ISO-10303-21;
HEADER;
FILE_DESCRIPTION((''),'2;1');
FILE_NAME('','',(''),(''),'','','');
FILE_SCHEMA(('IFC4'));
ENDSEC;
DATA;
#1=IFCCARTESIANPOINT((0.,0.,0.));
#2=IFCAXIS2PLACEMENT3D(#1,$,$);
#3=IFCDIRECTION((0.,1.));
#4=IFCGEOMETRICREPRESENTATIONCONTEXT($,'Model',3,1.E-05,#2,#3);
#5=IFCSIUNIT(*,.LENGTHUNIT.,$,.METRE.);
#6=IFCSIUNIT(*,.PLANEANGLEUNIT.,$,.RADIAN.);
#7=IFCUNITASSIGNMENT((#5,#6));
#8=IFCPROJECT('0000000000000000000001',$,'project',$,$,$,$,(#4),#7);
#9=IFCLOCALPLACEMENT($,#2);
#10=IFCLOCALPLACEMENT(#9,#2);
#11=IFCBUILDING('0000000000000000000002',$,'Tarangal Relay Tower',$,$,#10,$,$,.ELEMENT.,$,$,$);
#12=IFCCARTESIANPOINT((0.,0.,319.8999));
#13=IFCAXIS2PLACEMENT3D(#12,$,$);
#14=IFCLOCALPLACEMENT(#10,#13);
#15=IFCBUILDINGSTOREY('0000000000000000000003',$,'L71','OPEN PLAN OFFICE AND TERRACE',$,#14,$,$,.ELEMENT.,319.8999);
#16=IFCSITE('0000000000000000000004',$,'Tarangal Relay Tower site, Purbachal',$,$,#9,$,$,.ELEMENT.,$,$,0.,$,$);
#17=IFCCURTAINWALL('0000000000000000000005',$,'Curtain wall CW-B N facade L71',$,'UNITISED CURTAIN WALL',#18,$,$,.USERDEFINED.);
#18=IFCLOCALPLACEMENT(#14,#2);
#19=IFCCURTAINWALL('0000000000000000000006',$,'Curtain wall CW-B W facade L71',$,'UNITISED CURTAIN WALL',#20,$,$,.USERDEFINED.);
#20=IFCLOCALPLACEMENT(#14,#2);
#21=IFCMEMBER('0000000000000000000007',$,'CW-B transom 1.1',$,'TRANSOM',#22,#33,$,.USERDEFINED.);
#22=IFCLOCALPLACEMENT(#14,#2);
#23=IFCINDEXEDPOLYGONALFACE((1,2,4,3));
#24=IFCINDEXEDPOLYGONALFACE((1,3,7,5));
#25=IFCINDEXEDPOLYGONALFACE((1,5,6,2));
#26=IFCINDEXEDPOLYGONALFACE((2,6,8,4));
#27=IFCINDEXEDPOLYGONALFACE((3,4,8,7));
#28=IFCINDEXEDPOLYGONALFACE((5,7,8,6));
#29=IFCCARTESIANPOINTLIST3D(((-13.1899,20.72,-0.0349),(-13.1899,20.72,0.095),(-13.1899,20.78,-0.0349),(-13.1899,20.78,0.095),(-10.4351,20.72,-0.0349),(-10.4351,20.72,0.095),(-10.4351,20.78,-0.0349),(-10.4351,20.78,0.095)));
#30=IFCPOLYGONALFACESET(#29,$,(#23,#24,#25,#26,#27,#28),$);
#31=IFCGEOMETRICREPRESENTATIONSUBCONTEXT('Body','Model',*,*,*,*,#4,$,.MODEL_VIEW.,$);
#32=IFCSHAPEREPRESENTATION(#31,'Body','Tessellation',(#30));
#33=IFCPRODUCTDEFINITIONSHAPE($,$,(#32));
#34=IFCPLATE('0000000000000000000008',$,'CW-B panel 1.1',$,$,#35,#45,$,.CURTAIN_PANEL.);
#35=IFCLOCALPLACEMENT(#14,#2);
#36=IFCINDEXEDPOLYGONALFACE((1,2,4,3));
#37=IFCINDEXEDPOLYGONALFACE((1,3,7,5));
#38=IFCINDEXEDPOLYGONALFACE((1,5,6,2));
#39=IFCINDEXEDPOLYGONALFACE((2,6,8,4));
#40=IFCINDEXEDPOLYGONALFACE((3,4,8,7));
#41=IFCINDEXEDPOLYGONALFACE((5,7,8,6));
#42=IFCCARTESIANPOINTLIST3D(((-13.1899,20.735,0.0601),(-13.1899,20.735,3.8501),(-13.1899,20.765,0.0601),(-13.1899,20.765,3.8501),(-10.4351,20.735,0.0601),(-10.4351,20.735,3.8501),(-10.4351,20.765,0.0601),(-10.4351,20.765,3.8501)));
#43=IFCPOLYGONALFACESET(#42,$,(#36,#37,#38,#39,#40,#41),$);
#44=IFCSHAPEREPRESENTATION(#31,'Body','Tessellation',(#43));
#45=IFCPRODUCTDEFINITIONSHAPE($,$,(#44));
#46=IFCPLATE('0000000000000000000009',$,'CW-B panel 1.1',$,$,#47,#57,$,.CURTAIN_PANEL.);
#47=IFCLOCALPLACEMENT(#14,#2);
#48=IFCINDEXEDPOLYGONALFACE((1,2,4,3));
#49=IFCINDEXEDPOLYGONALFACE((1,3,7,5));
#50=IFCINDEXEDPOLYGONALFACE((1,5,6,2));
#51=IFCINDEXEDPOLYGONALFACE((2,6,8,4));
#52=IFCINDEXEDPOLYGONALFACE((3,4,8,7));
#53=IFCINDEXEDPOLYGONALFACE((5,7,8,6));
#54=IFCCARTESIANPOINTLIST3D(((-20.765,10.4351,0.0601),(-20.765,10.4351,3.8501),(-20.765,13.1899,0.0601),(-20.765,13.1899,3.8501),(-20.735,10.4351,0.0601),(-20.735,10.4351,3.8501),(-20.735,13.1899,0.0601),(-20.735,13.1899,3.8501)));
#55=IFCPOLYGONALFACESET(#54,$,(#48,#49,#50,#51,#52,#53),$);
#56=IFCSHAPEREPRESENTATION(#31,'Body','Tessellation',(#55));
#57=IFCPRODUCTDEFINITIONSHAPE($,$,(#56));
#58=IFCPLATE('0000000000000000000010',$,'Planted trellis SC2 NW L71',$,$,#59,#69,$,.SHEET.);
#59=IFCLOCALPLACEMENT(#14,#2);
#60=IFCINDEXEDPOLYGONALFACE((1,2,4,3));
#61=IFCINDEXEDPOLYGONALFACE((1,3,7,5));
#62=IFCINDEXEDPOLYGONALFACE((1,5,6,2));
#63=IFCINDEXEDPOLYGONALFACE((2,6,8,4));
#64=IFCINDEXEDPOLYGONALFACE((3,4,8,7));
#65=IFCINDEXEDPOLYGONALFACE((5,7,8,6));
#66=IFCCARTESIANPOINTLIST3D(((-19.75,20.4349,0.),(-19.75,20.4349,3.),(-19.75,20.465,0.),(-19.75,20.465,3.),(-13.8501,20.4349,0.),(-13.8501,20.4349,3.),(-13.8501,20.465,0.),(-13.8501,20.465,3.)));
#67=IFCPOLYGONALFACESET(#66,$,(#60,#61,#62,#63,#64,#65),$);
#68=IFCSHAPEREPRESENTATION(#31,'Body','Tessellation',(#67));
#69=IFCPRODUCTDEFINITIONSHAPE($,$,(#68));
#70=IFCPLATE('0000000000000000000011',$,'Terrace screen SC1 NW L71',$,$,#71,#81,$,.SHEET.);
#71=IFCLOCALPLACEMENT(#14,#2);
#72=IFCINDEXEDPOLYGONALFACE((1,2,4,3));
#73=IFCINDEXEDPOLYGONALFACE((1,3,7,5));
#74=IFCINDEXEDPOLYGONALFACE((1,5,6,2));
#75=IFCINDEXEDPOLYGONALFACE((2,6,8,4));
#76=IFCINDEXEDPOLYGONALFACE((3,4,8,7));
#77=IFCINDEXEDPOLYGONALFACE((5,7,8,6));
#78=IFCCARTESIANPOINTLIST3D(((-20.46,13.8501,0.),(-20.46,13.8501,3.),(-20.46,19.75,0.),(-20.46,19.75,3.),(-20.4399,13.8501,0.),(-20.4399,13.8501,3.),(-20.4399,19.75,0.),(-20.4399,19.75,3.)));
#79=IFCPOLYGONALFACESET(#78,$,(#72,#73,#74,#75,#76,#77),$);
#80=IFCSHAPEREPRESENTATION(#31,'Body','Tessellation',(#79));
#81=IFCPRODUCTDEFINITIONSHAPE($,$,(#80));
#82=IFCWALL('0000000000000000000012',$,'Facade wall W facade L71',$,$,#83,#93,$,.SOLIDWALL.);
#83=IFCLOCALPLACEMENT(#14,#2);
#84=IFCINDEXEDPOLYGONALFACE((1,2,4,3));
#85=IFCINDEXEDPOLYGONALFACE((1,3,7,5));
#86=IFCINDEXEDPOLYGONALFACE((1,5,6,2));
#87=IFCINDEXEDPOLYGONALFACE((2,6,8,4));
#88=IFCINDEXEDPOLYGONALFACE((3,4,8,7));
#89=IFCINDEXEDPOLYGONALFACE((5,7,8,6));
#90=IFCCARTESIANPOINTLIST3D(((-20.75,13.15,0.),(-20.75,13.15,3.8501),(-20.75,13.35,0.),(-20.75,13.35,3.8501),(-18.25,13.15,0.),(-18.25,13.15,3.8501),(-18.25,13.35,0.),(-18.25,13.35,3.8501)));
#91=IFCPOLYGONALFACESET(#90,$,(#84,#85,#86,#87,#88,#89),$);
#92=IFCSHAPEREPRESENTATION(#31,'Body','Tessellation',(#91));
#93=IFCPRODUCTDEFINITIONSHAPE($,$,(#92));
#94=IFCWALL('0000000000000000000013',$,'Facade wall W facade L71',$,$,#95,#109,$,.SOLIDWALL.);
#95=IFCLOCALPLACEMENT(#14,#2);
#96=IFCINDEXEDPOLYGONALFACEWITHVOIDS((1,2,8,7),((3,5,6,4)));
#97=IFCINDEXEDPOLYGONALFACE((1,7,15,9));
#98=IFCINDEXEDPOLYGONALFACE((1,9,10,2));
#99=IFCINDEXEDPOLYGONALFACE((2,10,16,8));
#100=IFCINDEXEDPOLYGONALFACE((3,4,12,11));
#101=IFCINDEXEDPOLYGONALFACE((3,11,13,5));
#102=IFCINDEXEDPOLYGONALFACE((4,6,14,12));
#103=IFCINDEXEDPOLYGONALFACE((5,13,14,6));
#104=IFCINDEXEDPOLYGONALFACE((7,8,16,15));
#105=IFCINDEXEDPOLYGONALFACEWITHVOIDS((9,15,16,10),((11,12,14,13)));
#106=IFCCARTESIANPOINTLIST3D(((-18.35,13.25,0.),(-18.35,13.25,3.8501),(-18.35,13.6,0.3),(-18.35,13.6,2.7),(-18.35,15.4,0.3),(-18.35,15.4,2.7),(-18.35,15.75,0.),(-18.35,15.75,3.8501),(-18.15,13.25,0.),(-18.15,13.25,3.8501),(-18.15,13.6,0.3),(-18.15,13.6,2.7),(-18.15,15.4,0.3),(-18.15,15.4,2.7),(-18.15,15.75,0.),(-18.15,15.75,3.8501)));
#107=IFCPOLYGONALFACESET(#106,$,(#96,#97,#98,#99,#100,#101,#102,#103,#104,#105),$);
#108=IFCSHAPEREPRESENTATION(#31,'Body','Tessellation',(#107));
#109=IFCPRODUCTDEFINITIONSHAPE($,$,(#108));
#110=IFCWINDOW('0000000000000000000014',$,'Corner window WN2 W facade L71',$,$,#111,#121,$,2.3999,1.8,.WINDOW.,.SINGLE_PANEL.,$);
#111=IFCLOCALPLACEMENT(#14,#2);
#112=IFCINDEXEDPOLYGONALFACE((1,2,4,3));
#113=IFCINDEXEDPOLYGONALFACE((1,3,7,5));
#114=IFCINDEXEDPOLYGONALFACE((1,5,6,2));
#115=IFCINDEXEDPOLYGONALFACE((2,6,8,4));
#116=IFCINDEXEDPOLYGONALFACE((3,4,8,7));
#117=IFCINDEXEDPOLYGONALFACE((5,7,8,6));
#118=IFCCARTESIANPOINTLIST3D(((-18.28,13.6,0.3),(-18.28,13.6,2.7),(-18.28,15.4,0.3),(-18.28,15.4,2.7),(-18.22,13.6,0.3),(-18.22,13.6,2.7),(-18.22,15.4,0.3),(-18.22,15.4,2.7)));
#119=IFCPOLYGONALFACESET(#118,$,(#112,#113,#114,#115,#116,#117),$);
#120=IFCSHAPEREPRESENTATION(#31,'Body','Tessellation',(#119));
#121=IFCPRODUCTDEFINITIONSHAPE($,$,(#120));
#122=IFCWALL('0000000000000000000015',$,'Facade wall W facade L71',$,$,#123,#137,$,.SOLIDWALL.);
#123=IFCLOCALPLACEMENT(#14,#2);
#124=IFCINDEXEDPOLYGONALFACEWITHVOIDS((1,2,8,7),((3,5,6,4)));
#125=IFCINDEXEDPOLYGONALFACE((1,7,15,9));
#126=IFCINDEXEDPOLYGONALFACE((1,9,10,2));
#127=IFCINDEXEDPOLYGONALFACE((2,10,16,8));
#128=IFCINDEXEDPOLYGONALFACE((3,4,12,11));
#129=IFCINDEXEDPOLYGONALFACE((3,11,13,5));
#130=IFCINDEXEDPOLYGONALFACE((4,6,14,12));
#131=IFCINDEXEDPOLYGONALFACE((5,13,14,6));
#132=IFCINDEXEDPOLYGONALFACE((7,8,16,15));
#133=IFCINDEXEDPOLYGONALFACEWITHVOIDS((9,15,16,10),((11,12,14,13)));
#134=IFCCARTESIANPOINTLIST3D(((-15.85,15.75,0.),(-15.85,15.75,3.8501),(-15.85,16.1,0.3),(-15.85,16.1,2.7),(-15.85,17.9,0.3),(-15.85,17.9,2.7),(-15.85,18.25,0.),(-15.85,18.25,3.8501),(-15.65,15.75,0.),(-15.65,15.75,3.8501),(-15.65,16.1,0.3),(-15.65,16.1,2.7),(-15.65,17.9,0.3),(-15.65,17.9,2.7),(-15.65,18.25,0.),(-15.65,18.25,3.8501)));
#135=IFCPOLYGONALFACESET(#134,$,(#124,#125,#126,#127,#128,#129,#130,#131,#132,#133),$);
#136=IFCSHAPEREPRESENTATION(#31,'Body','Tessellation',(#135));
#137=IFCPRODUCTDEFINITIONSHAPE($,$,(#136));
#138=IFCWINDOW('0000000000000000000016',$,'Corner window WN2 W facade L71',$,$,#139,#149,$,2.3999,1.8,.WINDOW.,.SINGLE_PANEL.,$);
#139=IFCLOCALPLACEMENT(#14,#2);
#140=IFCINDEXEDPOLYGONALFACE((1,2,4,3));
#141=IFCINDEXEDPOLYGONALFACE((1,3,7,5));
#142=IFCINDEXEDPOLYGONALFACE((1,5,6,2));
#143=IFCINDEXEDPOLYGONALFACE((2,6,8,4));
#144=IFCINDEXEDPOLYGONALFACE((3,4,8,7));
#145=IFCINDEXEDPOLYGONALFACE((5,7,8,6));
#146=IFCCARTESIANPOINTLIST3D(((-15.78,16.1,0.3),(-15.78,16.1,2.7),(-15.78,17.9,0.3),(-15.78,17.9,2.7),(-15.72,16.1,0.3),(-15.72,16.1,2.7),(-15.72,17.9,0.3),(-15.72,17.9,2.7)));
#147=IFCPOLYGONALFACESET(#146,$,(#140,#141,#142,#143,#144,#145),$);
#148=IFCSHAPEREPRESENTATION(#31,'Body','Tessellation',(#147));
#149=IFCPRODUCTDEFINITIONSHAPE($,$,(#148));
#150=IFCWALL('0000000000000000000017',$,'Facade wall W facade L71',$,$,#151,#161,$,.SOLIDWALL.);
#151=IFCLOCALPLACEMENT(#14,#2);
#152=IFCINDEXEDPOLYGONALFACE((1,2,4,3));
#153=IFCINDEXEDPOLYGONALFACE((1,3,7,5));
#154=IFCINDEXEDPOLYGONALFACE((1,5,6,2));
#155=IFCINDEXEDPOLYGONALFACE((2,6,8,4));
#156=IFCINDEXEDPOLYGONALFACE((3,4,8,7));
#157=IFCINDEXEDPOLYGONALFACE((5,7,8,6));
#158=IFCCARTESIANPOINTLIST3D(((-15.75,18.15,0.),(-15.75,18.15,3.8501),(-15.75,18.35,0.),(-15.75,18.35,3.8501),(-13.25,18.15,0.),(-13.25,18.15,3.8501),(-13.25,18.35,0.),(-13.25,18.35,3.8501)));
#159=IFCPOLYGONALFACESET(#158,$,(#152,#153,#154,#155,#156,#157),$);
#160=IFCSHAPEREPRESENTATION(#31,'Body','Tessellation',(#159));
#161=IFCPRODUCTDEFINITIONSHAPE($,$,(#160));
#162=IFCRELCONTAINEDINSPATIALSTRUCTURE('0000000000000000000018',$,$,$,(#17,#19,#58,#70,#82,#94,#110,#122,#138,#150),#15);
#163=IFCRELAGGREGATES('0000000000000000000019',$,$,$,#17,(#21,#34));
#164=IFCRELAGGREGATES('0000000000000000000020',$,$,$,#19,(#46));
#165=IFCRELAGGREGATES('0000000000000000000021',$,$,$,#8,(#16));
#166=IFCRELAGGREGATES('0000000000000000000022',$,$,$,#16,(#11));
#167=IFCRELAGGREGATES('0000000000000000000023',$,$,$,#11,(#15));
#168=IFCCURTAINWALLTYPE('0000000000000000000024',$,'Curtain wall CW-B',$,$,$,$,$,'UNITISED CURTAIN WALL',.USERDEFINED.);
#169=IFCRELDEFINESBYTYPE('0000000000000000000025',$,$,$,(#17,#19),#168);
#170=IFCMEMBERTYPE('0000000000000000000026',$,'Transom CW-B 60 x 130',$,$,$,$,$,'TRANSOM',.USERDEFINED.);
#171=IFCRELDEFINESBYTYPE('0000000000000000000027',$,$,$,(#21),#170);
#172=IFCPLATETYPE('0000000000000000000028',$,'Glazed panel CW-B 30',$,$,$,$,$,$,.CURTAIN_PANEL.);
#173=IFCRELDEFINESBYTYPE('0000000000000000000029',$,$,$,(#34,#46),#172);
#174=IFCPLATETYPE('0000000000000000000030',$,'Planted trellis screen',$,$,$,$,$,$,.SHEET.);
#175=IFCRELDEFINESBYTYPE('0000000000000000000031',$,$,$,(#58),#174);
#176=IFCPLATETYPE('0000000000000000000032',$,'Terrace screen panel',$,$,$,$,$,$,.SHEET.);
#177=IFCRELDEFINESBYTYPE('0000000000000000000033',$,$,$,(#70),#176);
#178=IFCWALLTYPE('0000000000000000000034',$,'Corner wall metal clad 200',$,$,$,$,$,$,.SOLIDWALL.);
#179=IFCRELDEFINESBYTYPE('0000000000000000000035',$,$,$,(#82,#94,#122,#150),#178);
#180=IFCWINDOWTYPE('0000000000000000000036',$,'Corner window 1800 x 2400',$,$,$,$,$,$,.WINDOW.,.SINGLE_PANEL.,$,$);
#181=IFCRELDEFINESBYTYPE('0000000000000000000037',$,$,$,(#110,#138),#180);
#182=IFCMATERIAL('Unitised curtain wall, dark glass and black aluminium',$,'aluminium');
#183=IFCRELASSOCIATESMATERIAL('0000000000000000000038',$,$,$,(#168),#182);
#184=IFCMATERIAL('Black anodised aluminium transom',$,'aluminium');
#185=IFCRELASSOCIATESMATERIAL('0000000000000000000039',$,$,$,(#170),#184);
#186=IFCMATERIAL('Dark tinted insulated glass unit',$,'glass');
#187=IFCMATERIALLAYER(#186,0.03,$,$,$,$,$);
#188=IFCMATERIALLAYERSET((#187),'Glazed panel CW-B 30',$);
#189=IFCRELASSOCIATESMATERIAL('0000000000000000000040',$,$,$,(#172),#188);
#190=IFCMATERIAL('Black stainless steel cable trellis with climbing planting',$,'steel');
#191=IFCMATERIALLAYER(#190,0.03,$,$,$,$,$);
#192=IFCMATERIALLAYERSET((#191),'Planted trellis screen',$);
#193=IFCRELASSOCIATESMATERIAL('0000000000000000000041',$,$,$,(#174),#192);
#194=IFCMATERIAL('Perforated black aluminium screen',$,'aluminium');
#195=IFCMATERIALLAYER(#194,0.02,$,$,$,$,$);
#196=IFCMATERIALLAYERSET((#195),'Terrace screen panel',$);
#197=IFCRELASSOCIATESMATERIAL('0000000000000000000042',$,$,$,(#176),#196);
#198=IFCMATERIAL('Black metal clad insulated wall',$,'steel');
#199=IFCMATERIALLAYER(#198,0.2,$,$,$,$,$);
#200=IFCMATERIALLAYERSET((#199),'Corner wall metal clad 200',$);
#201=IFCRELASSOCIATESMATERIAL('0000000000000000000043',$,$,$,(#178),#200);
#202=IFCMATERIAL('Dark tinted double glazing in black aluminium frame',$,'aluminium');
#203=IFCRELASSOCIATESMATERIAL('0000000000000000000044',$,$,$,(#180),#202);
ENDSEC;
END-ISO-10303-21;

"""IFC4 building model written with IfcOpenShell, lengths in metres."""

from ifc_helpers import new_model, si_unit, direction, frame, frame_2d, origin, origin_2d, place, context, subcontext, project, spatial, rectangle, extrude, material, layer, layer_set, material_profile, profile_set, type_object, element, fill, aggregate, save


model = new_model("IFC4")

# Units and contexts
model_context = context("Model", 3, precision=1e-05, world=origin(), true_north=direction((0.0, 1.0)))
body_context = subcontext(model_context, "Body", "Model", "MODEL_VIEW")
ifc_project = project(units=[si_unit("LENGTHUNIT", "METRE"), si_unit("PLANEANGLEUNIT", "RADIAN")], contexts=[model_context])

# Site, building, storey
site_placement = place(None, origin())
site = spatial("IfcSite", under=ifc_project, at=site_placement, Name="Tarangal Relay Tower site, Purbachal", CompositionType="ELEMENT", RefElevation=0.0)
building_placement = place(site_placement, origin())
building = spatial("IfcBuilding", under=site, at=building_placement, Name="Tarangal Relay Tower", CompositionType="ELEMENT")
storey_placement = place(building_placement, frame((0.0, 0.0, 319.8999)))
storey = spatial("IfcBuildingStorey", under=building, at=storey_placement, Name="L71", Description="OPEN PLAN OFFICE AND TERRACE", CompositionType="ELEMENT", Elevation=319.8999)

# Curtain walls
ifc_material_1 = material(Name="Unitised curtain wall, dark glass and black aluminium", Category="aluminium")
curtain_wall_type = type_object("IfcCurtainWallType", Name="Curtain wall CW-B", ElementType="UNITISED CURTAIN WALL", PredefinedType="USERDEFINED", material=ifc_material_1)
curtain_wall_1_placement = place(storey_placement, origin())
curtain_wall_1 = element("IfcCurtainWall", 1, at=curtain_wall_1_placement, inside=storey, type_object=curtain_wall_type, Name="Curtain wall CW-B N facade L71", ObjectType="UNITISED CURTAIN WALL", PredefinedType="USERDEFINED")
curtain_wall_2_placement = place(storey_placement, origin())
curtain_wall_2 = element("IfcCurtainWall", 2, at=curtain_wall_2_placement, inside=storey, type_object=curtain_wall_type, Name="Curtain wall CW-B W facade L71", ObjectType="UNITISED CURTAIN WALL", PredefinedType="USERDEFINED")

# Member
ifc_material_2 = material(Name="Black anodised aluminium transom", Category="aluminium")
ifc_material_profile_1 = material_profile(ifc_material_2, rectangle(XDim=0.0601, YDim=0.1299, at=origin_2d()), Name="CW-BT 60X130")
ifc_profile_set_1 = profile_set([ifc_material_profile_1], Name="Black anodised aluminium transom")
member_type_1 = type_object("IfcMemberType", Name="Transom CW-B 60 x 130", ElementType="TRANSOM", PredefinedType="USERDEFINED", material=ifc_profile_set_1)
member_1_placement = place(storey_placement, frame((-13.1899, 20.75, 0.03), z_axis=(1.0, 0.0, 0.0), x_axis=(0.0, 1.0, 0.0)))
member_1 = element("IfcMember", 3, at=member_1_placement, type_object=member_type_1, Name="CW-B transom 1.1", ObjectType="TRANSOM", PredefinedType="USERDEFINED", context=body_context, shape_type="SweptSolid", body=[
    extrude(rectangle(XDim=0.0601, YDim=0.1299, at=origin_2d()), origin(), (0.0, 0.0, 1.0), 2.7549),
])

# Plates
ifc_material_3 = material(Name="Dark tinted insulated glass unit", Category="glass")
ifc_layer_1 = layer(ifc_material_3, 0.03)
ifc_layer_set_1 = layer_set([ifc_layer_1], Name="Glazed panel CW-B 30")
plate_type_1 = type_object("IfcPlateType", Name="Glazed panel CW-B 30", PredefinedType="CURTAIN_PANEL", material=ifc_layer_set_1)
plate_1_placement = place(storey_placement, frame((-11.8125, 20.75, 0.0601), z_axis=(0.0, 0.0, 1.0), x_axis=(1.0, 0.0, 0.0)))
plate_1 = element("IfcPlate", 4, at=plate_1_placement, type_object=plate_type_1, Name="CW-B panel 1.1", PredefinedType="CURTAIN_PANEL", context=body_context, shape_type="SweptSolid", body=[
    extrude(rectangle(XDim=2.7549, YDim=0.03, at=origin_2d()), origin(), (0.0, 0.0, 1.0), 3.79),
])
aggregate(curtain_wall_1, [member_1, plate_1])
plate_2_placement = place(storey_placement, frame((-20.75, 11.8125, 0.0601), z_axis=(0.0, 0.0, 1.0), x_axis=(0.0, 1.0, 0.0)))
plate_2 = element("IfcPlate", 5, at=plate_2_placement, type_object=plate_type_1, Name="CW-B panel 1.1", PredefinedType="CURTAIN_PANEL", context=body_context, shape_type="SweptSolid", body=[
    extrude(rectangle(XDim=2.7549, YDim=0.03, at=origin_2d()), origin(), (0.0, 0.0, 1.0), 3.79),
])
aggregate(curtain_wall_2, [plate_2])

# Plates
ifc_material_4 = material(Name="Black stainless steel cable trellis with climbing planting", Category="steel")
ifc_layer_2 = layer(ifc_material_4, 0.03)
ifc_layer_set_2 = layer_set([ifc_layer_2], Name="Planted trellis screen")
plate_type_2 = type_object("IfcPlateType", Name="Planted trellis screen", PredefinedType="SHEET", material=ifc_layer_set_2)
plate_3_placement = place(storey_placement, frame((-16.8, 20.45, 0.0), z_axis=(0.0, 0.0, 1.0), x_axis=(1.0, 0.0, 0.0)))
element("IfcPlate", 6, at=plate_3_placement, inside=storey, type_object=plate_type_2, Name="Planted trellis SC2 NW L71", PredefinedType="SHEET", context=body_context, shape_type="SweptSolid", body=[
    extrude(rectangle(XDim=5.8999, YDim=0.03, at=origin_2d()), origin(), (0.0, 0.0, 1.0), 3.0),
])
ifc_material_5 = material(Name="Perforated black aluminium screen", Category="aluminium")
ifc_layer_3 = layer(ifc_material_5, 0.02)
ifc_layer_set_3 = layer_set([ifc_layer_3], Name="Terrace screen panel")
plate_type_3 = type_object("IfcPlateType", Name="Terrace screen panel", PredefinedType="SHEET", material=ifc_layer_set_3)
plate_4_placement = place(storey_placement, frame((-20.45, 16.8, 0.0), z_axis=(0.0, 0.0, 1.0), x_axis=(0.0, 1.0, 0.0)))
element("IfcPlate", 7, at=plate_4_placement, inside=storey, type_object=plate_type_3, Name="Terrace screen SC1 NW L71", PredefinedType="SHEET", context=body_context, shape_type="SweptSolid", body=[
    extrude(rectangle(XDim=5.8999, YDim=0.02, at=origin_2d()), origin(), (0.0, 0.0, 1.0), 3.0),
])

# Wall
ifc_material_6 = material(Name="Black metal clad insulated wall", Category="steel")
ifc_layer_4 = layer(ifc_material_6, 0.2)
ifc_layer_set_4 = layer_set([ifc_layer_4], Name="Corner wall metal clad 200")
wall_type_1 = type_object("IfcWallType", Name="Corner wall metal clad 200", PredefinedType="SOLIDWALL", material=ifc_layer_set_4)
wall_1_placement = place(storey_placement, frame((-20.75, 13.25, 0.0), z_axis=(0.0, 0.0, 1.0), x_axis=(1.0, 0.0, 0.0)))
element("IfcWall", 8, at=wall_1_placement, inside=storey, type_object=wall_type_1, Name="Facade wall W facade L71", PredefinedType="SOLIDWALL", context=body_context, shape_type="SweptSolid", body=[
    extrude(rectangle(XDim=2.5, YDim=0.2, at=frame_2d((1.25, 0.0))), origin(), (0.0, 0.0, 1.0), 3.8501),
])

# Wall, opening, window
wall_2_placement = place(storey_placement, frame((-18.25, 13.25, 0.0), z_axis=(0.0, 0.0, 1.0), x_axis=(0.0, 1.0, 0.0)))
wall_2 = element("IfcWall", 9, at=wall_2_placement, inside=storey, type_object=wall_type_1, Name="Facade wall W facade L71", PredefinedType="SOLIDWALL", context=body_context, shape_type="SweptSolid", body=[
    extrude(rectangle(XDim=2.5, YDim=0.2, at=frame_2d((1.25, 0.0))), origin(), (0.0, 0.0, 1.0), 3.8501),
])
opening_1_placement = place(wall_2_placement, frame((0.3501, 0.0, 0.3)))
opening_1 = element("IfcOpeningElement", 10, at=opening_1_placement, cuts=wall_2, PredefinedType="OPENING", context=body_context, shape_type="SweptSolid", body=[
    extrude(rectangle(XDim=1.8, YDim=2.3999, at=frame_2d((0.8999, 1.2))), frame((0.0, 0.1099, 0.0), z_axis=(0.0, -1.0, 0.0), x_axis=(1.0, 0.0, 0.0)), (0.0, 0.0, 1.0), 0.22),
])
ifc_material_7 = material(Name="Dark tinted double glazing in black aluminium frame", Category="aluminium")
window_type = type_object("IfcWindowType", Name="Corner window 1800 x 2400", PartitioningType="SINGLE_PANEL", PredefinedType="WINDOW", material=ifc_material_7)
window_1_placement = place(opening_1_placement, origin())
window_1 = element("IfcWindow", 11, at=window_1_placement, inside=storey, type_object=window_type, Name="Corner window WN2 W facade L71", OverallHeight=2.3999, OverallWidth=1.8, PartitioningType="SINGLE_PANEL", PredefinedType="WINDOW", context=body_context, shape_type="SweptSolid", body=[
    extrude(rectangle(XDim=1.8, YDim=2.3999, at=frame_2d((0.8999, 1.2))), frame((0.0, 0.03, 0.0), z_axis=(0.0, -1.0, 0.0), x_axis=(1.0, 0.0, 0.0)), (0.0, 0.0, 1.0), 0.0601),
])
fill(opening_1, window_1)

# Wall, opening, window
wall_3_placement = place(storey_placement, frame((-15.75, 15.75, 0.0), z_axis=(0.0, 0.0, 1.0), x_axis=(0.0, 1.0, 0.0)))
wall_3 = element("IfcWall", 12, at=wall_3_placement, inside=storey, type_object=wall_type_1, Name="Facade wall W facade L71", PredefinedType="SOLIDWALL", context=body_context, shape_type="SweptSolid", body=[
    extrude(rectangle(XDim=2.5, YDim=0.2, at=frame_2d((1.25, 0.0))), origin(), (0.0, 0.0, 1.0), 3.8501),
])
opening_2_placement = place(wall_3_placement, frame((0.3501, 0.0, 0.3)))
opening_2 = element("IfcOpeningElement", 13, at=opening_2_placement, cuts=wall_3, PredefinedType="OPENING", context=body_context, shape_type="SweptSolid", body=[
    extrude(rectangle(XDim=1.8, YDim=2.3999, at=frame_2d((0.8999, 1.2))), frame((0.0, 0.1099, 0.0), z_axis=(0.0, -1.0, 0.0), x_axis=(1.0, 0.0, 0.0)), (0.0, 0.0, 1.0), 0.22),
])
window_2_placement = place(opening_2_placement, origin())
window_2 = element("IfcWindow", 14, at=window_2_placement, inside=storey, type_object=window_type, Name="Corner window WN2 W facade L71", OverallHeight=2.3999, OverallWidth=1.8, PartitioningType="SINGLE_PANEL", PredefinedType="WINDOW", context=body_context, shape_type="SweptSolid", body=[
    extrude(rectangle(XDim=1.8, YDim=2.3999, at=frame_2d((0.8999, 1.2))), frame((0.0, 0.03, 0.0), z_axis=(0.0, -1.0, 0.0), x_axis=(1.0, 0.0, 0.0)), (0.0, 0.0, 1.0), 0.0601),
])
fill(opening_2, window_2)

# Wall
wall_4_placement = place(storey_placement, frame((-15.75, 18.25, 0.0), z_axis=(0.0, 0.0, 1.0), x_axis=(1.0, 0.0, 0.0)))
element("IfcWall", 15, at=wall_4_placement, inside=storey, type_object=wall_type_1, Name="Facade wall W facade L71", PredefinedType="SOLIDWALL", context=body_context, shape_type="SweptSolid", body=[
    extrude(rectangle(XDim=2.5, YDim=0.2, at=frame_2d((1.25, 0.0))), origin(), (0.0, 0.0, 1.0), 3.8501),
])

save(model, "model.ifc")
